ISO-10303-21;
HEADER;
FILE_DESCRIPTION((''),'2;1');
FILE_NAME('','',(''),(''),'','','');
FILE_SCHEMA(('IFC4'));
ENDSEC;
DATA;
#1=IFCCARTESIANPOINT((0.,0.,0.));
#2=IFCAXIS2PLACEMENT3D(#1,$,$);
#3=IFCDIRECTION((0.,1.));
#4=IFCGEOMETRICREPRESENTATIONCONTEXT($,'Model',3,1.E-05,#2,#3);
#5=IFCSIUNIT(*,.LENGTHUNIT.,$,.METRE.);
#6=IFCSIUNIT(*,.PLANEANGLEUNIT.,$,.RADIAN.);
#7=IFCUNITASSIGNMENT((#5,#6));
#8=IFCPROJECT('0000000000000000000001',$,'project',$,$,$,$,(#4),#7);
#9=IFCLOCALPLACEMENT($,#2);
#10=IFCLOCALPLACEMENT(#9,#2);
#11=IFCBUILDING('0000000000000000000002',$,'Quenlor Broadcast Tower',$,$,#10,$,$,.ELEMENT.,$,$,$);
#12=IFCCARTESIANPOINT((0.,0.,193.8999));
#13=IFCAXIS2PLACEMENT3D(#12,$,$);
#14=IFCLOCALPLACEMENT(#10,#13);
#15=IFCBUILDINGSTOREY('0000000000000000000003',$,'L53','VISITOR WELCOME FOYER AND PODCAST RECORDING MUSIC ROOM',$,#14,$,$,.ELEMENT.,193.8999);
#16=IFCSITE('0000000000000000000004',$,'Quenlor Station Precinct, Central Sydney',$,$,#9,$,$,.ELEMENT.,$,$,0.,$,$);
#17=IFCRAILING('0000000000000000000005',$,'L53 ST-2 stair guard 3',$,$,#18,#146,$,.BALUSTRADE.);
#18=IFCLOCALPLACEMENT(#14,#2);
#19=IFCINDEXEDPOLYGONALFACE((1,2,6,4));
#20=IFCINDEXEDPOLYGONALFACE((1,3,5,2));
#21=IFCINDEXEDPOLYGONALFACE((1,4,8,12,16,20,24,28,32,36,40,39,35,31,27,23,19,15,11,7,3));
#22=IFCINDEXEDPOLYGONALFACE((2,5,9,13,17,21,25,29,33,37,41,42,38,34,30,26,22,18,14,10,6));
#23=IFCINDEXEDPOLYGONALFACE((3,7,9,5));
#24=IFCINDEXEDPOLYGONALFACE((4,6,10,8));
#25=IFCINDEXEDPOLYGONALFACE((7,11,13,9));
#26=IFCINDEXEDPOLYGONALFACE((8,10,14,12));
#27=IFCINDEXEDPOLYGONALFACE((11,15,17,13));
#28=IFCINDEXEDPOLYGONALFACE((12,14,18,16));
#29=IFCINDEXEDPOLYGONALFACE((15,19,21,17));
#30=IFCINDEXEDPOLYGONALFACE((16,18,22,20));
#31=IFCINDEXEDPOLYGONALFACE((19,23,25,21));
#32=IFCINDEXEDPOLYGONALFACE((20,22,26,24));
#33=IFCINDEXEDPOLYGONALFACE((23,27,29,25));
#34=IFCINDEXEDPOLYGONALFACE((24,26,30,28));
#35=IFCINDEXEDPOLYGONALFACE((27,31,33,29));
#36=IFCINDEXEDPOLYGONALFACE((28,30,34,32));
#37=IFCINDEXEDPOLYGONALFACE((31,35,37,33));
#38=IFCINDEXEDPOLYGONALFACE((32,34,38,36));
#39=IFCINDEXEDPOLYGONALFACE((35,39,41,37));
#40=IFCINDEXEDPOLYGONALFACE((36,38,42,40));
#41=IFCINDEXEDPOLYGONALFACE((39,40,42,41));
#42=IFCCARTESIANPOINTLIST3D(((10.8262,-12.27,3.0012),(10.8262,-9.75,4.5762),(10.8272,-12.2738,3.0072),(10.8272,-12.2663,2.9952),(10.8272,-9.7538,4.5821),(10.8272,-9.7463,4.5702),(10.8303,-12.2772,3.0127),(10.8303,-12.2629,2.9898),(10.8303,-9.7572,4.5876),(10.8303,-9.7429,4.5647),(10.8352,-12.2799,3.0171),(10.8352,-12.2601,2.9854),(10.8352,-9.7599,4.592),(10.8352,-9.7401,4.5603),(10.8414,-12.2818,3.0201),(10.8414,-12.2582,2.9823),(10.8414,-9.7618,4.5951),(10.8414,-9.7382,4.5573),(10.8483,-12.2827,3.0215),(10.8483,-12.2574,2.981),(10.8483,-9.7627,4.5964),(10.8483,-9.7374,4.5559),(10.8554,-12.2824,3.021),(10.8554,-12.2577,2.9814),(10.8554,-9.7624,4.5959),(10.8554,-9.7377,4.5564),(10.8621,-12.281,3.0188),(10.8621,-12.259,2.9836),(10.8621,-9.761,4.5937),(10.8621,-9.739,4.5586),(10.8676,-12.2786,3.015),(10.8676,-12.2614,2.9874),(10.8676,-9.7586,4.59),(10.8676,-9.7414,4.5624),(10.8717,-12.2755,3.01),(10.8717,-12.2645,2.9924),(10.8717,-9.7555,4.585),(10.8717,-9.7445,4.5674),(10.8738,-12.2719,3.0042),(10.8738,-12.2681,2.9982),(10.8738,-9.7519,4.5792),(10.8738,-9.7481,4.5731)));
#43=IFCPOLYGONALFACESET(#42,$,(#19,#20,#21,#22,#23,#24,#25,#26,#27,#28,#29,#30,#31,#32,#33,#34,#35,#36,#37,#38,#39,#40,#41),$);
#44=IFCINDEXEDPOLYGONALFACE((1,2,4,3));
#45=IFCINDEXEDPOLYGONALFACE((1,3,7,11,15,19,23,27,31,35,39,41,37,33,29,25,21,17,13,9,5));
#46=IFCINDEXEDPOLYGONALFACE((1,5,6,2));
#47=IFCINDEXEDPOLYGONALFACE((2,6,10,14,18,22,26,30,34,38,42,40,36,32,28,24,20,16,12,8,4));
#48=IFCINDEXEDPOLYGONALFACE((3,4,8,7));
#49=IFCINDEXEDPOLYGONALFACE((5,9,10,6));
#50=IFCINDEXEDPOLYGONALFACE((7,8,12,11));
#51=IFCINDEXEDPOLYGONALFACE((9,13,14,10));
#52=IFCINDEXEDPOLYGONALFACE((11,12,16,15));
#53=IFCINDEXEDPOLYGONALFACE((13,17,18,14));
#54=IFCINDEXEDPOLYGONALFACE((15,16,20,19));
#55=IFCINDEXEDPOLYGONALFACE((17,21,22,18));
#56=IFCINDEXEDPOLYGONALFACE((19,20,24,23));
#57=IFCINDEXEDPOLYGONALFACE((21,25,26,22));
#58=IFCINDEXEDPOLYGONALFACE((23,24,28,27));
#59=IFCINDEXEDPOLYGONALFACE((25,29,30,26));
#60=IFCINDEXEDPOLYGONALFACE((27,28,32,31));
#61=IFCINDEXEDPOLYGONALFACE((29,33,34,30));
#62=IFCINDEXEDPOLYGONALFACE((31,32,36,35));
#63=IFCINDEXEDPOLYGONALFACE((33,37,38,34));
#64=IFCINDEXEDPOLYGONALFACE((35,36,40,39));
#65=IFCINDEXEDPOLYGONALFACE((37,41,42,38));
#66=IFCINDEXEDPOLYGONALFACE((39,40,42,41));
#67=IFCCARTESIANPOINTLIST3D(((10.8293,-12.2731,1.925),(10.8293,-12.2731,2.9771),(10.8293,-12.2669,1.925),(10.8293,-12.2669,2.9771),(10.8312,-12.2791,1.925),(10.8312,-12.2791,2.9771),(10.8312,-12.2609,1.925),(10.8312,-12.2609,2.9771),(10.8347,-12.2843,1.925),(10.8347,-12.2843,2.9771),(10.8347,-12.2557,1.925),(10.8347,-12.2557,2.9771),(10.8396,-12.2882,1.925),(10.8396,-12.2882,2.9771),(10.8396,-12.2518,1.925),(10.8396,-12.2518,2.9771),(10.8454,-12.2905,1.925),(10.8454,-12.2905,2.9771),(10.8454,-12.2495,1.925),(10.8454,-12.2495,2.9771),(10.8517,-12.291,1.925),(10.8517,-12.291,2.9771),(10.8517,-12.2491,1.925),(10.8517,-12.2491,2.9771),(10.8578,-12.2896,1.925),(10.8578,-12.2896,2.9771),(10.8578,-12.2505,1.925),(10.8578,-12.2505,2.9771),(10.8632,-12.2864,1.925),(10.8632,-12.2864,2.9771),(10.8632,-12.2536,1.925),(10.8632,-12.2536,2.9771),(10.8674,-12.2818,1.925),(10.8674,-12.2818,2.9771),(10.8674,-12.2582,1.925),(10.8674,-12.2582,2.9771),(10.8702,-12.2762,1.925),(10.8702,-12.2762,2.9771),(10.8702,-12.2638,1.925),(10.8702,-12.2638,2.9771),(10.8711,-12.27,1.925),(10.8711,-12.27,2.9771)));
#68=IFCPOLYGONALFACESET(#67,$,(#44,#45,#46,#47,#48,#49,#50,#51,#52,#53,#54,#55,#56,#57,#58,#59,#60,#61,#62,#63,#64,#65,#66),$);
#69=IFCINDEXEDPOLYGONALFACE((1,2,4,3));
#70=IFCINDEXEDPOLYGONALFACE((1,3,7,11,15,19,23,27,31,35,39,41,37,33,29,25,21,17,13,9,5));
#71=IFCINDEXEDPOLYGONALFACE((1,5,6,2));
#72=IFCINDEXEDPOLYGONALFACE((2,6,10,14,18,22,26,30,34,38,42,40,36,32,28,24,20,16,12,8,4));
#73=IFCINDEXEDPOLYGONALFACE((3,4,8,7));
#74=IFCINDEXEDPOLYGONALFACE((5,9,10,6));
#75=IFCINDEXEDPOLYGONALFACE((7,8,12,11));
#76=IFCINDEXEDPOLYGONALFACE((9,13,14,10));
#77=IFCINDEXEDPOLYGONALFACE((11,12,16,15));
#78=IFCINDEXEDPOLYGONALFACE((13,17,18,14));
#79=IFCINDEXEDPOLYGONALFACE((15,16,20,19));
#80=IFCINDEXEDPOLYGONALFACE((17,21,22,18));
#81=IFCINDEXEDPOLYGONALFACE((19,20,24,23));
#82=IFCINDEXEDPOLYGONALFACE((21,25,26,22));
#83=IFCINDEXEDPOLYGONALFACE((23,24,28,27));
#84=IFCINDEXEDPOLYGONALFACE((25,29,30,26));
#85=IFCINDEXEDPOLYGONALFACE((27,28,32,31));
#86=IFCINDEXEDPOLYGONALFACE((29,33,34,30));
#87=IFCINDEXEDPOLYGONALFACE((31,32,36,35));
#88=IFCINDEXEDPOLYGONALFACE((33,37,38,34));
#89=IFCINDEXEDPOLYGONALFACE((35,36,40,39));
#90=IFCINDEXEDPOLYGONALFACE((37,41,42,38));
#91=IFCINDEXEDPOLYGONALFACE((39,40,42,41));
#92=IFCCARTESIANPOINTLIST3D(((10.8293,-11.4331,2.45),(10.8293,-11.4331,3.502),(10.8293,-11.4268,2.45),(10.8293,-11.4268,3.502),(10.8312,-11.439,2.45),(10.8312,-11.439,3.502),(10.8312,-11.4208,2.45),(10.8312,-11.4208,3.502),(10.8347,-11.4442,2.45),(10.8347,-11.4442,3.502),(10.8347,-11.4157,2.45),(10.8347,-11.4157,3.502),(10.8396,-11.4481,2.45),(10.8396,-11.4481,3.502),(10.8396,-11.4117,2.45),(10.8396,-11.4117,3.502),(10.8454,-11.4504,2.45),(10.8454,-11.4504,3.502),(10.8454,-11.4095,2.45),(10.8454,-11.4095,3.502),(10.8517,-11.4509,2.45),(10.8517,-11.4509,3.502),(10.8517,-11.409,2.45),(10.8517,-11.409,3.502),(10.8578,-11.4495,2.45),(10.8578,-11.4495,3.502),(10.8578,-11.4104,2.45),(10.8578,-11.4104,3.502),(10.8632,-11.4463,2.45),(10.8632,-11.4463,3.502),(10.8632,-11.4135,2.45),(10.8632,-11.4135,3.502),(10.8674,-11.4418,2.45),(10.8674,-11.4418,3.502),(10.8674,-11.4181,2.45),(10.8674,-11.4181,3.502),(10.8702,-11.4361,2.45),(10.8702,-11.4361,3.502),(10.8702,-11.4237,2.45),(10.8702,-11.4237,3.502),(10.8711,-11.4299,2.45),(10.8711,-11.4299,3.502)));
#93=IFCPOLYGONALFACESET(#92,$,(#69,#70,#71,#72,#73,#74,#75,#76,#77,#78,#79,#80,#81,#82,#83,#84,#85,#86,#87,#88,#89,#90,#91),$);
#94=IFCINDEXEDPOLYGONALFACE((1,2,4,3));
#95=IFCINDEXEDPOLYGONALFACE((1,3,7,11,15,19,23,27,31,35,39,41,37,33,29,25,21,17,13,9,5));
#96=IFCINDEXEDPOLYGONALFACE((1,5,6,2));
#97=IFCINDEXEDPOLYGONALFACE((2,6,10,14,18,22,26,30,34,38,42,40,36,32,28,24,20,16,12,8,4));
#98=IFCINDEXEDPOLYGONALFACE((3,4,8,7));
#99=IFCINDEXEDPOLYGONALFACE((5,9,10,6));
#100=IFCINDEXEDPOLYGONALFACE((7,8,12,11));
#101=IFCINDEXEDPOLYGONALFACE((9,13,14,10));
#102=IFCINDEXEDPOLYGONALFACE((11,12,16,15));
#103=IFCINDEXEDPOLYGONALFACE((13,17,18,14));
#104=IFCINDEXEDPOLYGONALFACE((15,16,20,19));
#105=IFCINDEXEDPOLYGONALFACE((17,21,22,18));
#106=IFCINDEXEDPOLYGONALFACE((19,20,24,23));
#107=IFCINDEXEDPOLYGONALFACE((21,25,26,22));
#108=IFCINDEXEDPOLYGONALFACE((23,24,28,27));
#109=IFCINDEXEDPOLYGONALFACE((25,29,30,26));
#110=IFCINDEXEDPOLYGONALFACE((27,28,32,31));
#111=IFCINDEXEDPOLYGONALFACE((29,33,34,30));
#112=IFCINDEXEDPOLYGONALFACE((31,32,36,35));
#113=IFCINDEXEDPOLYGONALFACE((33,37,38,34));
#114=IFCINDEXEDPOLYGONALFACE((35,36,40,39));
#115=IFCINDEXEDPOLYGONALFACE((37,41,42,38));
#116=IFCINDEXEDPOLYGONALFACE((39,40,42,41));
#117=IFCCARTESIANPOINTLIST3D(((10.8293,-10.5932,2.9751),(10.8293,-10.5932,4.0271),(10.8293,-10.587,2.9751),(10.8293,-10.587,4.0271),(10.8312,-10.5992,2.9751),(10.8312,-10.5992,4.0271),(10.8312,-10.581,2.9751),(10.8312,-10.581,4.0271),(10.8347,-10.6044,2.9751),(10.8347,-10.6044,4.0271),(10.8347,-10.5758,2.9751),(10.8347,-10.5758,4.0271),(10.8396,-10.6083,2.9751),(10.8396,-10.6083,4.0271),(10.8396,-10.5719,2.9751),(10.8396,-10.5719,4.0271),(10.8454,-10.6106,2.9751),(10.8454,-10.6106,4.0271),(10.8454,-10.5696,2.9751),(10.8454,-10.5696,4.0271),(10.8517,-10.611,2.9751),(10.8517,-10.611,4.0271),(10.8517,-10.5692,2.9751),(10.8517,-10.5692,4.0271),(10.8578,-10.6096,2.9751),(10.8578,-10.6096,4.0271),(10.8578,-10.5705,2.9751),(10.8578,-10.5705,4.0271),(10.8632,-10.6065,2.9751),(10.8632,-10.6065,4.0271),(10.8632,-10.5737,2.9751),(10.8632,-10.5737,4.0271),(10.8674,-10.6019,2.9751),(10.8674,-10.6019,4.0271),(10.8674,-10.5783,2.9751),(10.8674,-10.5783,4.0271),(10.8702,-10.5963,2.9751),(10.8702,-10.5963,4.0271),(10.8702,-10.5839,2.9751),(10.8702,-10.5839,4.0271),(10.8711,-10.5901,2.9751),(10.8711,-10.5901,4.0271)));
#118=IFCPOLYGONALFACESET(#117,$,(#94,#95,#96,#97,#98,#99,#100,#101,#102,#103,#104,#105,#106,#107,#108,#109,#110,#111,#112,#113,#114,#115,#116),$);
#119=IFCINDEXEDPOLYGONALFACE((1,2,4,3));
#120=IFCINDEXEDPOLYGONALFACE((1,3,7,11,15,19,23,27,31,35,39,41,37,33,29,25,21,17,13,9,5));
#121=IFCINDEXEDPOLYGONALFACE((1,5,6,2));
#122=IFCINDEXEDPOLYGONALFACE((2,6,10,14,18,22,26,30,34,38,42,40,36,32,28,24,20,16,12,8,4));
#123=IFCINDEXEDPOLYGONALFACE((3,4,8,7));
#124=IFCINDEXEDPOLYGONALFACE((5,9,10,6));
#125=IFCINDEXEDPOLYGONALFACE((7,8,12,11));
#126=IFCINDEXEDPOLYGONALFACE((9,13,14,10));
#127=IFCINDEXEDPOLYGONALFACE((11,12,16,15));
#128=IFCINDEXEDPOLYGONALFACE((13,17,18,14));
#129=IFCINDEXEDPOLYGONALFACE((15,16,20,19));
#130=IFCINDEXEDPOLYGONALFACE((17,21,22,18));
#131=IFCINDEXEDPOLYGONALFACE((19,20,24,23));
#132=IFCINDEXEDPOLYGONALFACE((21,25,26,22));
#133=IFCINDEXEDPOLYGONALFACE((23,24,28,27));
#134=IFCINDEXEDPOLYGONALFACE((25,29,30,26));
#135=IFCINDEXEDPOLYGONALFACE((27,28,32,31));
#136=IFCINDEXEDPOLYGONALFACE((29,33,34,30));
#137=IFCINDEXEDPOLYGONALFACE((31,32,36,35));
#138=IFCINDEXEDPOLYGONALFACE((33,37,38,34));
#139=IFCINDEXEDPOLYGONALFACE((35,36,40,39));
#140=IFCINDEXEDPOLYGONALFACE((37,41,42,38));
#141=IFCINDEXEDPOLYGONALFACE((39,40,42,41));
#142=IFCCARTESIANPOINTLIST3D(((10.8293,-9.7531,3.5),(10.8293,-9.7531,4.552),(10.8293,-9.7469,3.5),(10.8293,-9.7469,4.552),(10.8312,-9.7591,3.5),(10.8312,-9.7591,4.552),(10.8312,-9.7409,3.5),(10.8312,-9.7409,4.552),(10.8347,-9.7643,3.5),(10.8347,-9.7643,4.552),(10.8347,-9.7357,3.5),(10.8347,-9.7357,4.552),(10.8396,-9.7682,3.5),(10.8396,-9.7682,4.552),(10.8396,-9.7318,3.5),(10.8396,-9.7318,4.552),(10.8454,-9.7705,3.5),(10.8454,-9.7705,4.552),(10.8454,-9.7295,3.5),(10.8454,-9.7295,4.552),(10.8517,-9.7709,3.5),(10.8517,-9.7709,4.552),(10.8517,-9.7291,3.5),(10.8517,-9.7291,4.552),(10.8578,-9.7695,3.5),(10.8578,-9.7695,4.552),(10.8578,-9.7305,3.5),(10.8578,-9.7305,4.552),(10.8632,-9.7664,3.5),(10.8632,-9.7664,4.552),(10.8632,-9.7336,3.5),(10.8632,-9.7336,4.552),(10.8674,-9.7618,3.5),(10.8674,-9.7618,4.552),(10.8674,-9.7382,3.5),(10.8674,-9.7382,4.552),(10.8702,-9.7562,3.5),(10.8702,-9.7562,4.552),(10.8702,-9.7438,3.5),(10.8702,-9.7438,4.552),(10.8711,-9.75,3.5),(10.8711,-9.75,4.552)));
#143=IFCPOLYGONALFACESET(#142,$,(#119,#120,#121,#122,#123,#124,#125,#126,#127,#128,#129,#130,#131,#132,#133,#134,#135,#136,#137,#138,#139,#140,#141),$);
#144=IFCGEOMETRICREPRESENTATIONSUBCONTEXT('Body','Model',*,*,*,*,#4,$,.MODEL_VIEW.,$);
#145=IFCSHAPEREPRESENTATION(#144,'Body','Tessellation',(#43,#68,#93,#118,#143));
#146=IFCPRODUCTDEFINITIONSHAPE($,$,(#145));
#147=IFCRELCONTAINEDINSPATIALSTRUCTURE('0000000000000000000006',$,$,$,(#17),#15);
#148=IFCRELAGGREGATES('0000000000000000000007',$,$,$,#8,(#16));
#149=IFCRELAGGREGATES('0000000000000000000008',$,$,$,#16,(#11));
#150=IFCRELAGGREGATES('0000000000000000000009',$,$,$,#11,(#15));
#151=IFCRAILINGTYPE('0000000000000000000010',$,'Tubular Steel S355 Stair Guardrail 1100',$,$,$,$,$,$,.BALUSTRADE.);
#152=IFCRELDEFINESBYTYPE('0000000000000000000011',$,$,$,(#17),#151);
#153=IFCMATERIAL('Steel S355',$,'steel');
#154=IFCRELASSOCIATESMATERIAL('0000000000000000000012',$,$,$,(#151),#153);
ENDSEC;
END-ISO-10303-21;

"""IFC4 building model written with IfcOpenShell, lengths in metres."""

from ifc_helpers import new_model, si_unit, direction, frame, origin, origin_2d, place, context, subcontext, project, spatial, circle, extrude, material, type_object, element, save


model = new_model("IFC4")

# Units and contexts
model_context = context("Model", 3, precision=1e-05, world=origin(), true_north=direction((0.0, 1.0)))
body_context = subcontext(model_context, "Body", "Model", "MODEL_VIEW")
ifc_project = project(units=[si_unit("LENGTHUNIT", "METRE"), si_unit("PLANEANGLEUNIT", "RADIAN")], contexts=[model_context])

# Site, building, storey
site_placement = place(None, origin())
site = spatial("IfcSite", under=ifc_project, at=site_placement, Name="Quenlor Station Precinct, Central Sydney", CompositionType="ELEMENT", RefElevation=0.0)
building_placement = place(site_placement, origin())
building = spatial("IfcBuilding", under=site, at=building_placement, Name="Quenlor Broadcast Tower", CompositionType="ELEMENT")
storey_placement = place(building_placement, frame((0.0, 0.0, 193.8999)))
storey = spatial("IfcBuildingStorey", under=building, at=storey_placement, Name="L53", Description="VISITOR WELCOME FOYER AND PODCAST RECORDING MUSIC ROOM", CompositionType="ELEMENT", Elevation=193.8999)

# Railing
ifc_material_1 = material(Name="Steel S355", Category="steel")
railing_type_1 = type_object("IfcRailingType", Name="Tubular Steel S355 Stair Guardrail 1100", PredefinedType="BALUSTRADE", material=ifc_material_1)
railing_1_placement = place(storey_placement, frame((10.8501, -12.27, 1.925)))
element("IfcRailing", 1, at=railing_1_placement, inside=storey, type_object=railing_type_1, Name="L53 ST-2 stair guard 3", PredefinedType="BALUSTRADE", context=body_context, shape_type="SweptSolid", body=[
    extrude(circle(Radius=0.0239, at=origin_2d()), frame((0.0, 0.0, 1.0762), z_axis=(0.0, 0.848008, 0.529984), x_axis=(-1.0, 0.0, 0.0)), (0.0, 0.0, 1.0), 2.9717),
    extrude(circle(Radius=0.021, at=origin_2d()), origin(), (0.0, 0.0, 1.0), 1.052),
    extrude(circle(Radius=0.021, at=origin_2d()), frame((0.0, 0.8401, 0.5249)), (0.0, 0.0, 1.0), 1.052),
    extrude(circle(Radius=0.021, at=origin_2d()), frame((0.0, 1.6799, 1.05)), (0.0, 0.0, 1.0), 1.052),
    extrude(circle(Radius=0.021, at=origin_2d()), frame((0.0, 2.52, 1.575)), (0.0, 0.0, 1.0), 1.052),
])

save(model, "model.ifc")
